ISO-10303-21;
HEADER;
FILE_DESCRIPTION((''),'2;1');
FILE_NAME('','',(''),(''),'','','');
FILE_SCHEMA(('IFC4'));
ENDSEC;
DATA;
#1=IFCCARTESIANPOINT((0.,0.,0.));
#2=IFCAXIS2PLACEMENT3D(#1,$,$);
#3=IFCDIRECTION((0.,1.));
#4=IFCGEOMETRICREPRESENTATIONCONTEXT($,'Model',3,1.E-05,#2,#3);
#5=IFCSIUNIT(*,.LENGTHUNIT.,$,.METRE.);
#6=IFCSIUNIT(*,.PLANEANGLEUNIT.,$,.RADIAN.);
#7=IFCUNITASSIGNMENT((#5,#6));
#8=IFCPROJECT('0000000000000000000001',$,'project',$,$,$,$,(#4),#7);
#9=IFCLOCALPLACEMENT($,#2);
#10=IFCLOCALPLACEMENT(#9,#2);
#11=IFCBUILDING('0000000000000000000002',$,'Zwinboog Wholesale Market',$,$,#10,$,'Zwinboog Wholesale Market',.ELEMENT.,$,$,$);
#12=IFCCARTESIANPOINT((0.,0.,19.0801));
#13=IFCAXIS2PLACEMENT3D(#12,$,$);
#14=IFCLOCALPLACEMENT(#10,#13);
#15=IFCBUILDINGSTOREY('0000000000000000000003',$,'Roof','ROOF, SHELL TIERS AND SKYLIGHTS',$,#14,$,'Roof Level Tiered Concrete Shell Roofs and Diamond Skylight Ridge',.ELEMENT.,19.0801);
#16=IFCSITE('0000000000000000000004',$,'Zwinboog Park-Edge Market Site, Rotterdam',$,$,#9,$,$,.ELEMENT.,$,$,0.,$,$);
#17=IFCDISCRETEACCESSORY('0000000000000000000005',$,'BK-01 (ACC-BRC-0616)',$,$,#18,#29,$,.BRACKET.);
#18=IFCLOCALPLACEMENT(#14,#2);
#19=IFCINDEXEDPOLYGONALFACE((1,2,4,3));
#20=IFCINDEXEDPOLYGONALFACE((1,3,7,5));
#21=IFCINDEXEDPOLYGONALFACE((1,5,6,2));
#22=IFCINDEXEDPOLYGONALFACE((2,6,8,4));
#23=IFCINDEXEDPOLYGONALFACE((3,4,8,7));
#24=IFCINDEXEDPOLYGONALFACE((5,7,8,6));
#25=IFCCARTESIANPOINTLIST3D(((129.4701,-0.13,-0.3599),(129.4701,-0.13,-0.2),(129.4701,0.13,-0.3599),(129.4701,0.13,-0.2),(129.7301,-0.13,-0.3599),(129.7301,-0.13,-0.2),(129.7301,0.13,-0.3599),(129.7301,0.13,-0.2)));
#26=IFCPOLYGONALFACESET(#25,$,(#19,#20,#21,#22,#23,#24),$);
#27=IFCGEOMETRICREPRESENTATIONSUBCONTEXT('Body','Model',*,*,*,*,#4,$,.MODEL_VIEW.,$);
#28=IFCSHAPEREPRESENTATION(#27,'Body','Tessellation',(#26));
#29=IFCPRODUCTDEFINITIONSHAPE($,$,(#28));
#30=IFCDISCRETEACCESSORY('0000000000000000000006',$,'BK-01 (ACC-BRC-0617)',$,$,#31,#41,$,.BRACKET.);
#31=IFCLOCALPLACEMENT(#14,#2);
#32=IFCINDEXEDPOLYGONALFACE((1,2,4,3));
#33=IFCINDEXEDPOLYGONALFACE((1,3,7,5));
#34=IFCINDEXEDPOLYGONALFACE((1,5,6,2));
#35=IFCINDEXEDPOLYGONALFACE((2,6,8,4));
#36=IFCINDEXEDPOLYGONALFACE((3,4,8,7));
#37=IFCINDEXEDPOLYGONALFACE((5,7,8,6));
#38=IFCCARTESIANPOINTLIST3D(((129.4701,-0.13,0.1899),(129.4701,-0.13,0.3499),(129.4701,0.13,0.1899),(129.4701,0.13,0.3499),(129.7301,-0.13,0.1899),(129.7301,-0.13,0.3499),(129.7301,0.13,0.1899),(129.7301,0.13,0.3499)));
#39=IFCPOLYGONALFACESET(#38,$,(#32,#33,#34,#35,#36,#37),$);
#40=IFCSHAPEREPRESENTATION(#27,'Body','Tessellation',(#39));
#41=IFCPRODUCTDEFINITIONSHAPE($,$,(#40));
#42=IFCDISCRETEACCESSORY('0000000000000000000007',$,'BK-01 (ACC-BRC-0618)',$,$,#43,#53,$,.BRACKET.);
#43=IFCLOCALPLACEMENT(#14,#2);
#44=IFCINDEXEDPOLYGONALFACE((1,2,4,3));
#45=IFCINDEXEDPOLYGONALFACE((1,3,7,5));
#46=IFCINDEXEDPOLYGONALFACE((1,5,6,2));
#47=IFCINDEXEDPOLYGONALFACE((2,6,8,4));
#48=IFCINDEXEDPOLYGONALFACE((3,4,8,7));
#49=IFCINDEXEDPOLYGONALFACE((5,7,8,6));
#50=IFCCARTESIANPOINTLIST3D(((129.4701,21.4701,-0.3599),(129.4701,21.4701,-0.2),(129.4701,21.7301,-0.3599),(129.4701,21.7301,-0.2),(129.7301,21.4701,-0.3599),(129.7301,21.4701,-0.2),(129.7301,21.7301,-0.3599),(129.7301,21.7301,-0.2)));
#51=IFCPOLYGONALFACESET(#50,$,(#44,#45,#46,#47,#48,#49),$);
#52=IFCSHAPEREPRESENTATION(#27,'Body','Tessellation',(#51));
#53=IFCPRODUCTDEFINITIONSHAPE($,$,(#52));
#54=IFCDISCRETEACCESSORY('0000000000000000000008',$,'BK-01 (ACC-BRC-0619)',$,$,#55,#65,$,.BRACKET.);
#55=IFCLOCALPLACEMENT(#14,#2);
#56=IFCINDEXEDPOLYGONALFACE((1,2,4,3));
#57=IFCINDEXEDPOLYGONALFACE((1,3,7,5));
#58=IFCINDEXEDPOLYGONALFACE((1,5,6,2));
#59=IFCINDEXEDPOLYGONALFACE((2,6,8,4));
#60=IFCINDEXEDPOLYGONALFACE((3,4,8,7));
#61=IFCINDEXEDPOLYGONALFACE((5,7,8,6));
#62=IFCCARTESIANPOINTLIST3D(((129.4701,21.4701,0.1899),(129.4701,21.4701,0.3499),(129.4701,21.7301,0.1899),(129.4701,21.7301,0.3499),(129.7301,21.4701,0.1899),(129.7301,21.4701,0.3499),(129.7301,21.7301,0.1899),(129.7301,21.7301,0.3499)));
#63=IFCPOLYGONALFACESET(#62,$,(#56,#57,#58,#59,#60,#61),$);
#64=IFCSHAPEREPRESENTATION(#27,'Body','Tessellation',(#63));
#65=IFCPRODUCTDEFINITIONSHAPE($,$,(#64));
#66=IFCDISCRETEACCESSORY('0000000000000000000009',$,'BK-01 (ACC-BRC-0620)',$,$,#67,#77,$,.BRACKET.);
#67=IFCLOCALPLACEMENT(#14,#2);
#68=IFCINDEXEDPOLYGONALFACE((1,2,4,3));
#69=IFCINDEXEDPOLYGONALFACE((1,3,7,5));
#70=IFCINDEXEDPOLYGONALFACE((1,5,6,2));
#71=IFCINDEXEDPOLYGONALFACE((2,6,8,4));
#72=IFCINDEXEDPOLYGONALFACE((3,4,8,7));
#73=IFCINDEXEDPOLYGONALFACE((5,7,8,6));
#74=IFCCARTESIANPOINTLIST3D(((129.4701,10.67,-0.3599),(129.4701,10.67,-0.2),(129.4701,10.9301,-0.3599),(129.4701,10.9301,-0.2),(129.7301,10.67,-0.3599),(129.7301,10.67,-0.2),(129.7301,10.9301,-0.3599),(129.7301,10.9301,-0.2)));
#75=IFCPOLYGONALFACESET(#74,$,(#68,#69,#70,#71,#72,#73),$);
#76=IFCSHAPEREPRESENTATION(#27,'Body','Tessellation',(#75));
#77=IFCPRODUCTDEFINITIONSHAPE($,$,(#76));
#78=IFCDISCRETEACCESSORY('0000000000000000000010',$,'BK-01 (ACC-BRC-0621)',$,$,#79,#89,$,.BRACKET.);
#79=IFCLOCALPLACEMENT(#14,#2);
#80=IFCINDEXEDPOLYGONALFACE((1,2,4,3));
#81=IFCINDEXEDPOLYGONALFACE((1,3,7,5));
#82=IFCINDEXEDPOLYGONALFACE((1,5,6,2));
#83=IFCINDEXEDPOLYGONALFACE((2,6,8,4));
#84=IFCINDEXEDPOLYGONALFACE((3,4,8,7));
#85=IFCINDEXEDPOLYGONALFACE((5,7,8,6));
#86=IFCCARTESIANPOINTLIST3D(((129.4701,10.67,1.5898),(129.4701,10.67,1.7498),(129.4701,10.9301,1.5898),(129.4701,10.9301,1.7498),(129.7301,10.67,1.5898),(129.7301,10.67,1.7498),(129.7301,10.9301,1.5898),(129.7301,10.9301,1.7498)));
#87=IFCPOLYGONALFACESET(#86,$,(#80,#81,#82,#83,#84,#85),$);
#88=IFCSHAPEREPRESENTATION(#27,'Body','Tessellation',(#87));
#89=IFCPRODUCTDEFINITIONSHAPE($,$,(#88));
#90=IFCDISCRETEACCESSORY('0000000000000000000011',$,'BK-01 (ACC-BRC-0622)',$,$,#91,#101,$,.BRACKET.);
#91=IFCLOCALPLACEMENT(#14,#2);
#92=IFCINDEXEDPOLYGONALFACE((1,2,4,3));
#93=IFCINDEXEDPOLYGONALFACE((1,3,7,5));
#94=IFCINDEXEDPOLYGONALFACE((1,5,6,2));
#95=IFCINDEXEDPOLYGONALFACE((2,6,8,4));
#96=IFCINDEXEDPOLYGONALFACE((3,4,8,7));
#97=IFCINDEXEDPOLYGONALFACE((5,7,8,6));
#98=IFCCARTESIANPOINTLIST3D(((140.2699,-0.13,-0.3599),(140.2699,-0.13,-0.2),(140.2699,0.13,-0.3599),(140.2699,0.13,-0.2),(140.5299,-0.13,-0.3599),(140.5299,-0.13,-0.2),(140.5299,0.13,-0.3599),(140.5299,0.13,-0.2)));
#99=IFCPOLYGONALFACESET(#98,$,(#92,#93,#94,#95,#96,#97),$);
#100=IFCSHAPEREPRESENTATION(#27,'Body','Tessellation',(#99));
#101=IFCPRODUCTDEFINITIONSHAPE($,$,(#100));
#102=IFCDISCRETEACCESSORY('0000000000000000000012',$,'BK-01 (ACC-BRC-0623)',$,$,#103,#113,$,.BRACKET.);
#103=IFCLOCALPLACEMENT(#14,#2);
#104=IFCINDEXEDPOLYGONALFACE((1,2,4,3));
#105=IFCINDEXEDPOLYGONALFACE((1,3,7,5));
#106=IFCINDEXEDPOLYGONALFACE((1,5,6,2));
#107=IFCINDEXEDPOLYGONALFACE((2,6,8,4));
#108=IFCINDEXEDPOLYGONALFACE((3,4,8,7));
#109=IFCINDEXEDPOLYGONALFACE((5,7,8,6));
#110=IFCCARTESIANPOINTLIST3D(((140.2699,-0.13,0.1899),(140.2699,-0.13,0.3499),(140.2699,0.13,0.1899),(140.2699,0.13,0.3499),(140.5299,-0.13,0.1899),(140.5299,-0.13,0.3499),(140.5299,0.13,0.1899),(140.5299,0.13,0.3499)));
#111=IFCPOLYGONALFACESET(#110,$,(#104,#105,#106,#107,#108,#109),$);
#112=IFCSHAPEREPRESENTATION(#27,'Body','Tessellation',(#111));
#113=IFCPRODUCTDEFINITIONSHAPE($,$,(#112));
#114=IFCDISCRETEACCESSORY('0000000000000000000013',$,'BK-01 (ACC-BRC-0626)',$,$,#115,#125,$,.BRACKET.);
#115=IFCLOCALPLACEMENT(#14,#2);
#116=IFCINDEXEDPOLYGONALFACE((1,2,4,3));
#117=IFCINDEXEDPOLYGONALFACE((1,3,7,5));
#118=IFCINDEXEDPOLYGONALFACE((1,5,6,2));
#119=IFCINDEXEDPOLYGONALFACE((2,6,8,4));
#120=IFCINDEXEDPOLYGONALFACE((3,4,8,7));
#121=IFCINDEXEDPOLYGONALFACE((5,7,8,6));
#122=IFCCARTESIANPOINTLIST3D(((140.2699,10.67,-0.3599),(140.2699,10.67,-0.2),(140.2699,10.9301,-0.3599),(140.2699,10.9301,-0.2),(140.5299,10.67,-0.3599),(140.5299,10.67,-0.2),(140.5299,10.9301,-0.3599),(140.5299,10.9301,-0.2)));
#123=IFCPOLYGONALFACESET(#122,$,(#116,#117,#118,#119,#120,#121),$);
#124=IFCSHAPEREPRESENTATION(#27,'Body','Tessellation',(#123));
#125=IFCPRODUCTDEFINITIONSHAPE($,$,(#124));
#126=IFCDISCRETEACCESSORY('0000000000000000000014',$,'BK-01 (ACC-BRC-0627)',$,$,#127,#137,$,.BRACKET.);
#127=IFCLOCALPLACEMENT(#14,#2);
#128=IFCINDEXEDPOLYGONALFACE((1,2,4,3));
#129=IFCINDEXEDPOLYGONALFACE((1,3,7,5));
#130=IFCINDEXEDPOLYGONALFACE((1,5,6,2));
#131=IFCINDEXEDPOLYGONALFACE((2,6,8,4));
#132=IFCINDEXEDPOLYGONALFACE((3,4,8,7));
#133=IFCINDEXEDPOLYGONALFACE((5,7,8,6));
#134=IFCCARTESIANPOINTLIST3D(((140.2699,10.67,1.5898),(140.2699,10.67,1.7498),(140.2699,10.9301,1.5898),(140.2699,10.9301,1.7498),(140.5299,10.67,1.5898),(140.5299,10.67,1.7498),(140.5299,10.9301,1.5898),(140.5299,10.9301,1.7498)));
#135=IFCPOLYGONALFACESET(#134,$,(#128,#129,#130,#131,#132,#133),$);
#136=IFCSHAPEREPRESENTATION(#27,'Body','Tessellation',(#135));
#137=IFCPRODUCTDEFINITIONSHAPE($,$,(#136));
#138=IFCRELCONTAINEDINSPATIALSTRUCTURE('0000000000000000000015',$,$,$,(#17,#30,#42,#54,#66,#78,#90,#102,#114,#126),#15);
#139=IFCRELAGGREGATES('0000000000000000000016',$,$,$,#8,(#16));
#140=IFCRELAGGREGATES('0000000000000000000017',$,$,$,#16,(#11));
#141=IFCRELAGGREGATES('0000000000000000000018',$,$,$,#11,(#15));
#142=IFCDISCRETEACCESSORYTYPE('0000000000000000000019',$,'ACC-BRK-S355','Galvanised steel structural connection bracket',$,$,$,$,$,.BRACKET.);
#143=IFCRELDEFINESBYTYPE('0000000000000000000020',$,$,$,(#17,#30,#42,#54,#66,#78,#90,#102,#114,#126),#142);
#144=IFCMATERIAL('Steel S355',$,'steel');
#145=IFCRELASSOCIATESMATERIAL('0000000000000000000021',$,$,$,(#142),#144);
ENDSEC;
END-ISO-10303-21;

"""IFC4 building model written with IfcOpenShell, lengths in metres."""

from ifc_helpers import new_model, si_unit, direction, frame, origin, origin_2d, place, context, subcontext, project, spatial, rectangle, extrude, material, type_object, element, save


model = new_model("IFC4")

# Units and contexts
model_context = context("Model", 3, precision=1e-05, world=origin(), true_north=direction((0.0, 1.0)))
body_context = subcontext(model_context, "Body", "Model", "MODEL_VIEW")
ifc_project = project(units=[si_unit("LENGTHUNIT", "METRE"), si_unit("PLANEANGLEUNIT", "RADIAN")], contexts=[model_context])

# Site, building, storey
site_placement = place(None, origin())
site = spatial("IfcSite", under=ifc_project, at=site_placement, Name="Zwinboog Park-Edge Market Site, Rotterdam", CompositionType="ELEMENT", RefElevation=0.0)
building_placement = place(site_placement, origin())
building = spatial("IfcBuilding", under=site, at=building_placement, Name="Zwinboog Wholesale Market", LongName="Zwinboog Wholesale Market", CompositionType="ELEMENT")
storey_placement = place(building_placement, frame((0.0, 0.0, 19.0801)))
storey = spatial("IfcBuildingStorey", under=building, at=storey_placement, Name="Roof", Description="ROOF, SHELL TIERS AND SKYLIGHTS", LongName="Roof Level Tiered Concrete Shell Roofs and Diamond Skylight Ridge", CompositionType="ELEMENT", Elevation=19.0801)

# Shared definitions
ifc_material_1 = material(Name="Steel S355", Category="steel")

# Discrete accessories
discrete_accessory_type = type_object("IfcDiscreteAccessoryType", Name="ACC-BRK-S355", Description="Galvanised steel structural connection bracket", PredefinedType="BRACKET", material=ifc_material_1)
for number, where, z_axis, x_axis, name in (
    (1, (129.6001, 0.0, -0.3599), (0.0, 0.0, 1.0), (1.0, 0.0, 0.0), "BK-01 (ACC-BRC-0616)"),
    (2, (129.6001, 0.0, 0.1899), (0.0, 0.0, 1.0), (1.0, 0.0, 0.0), "BK-01 (ACC-BRC-0617)"),
    (3, (129.6001, 21.6001, -0.3599), (0.0, 0.0, 1.0), (1.0, 0.0, 0.0), "BK-01 (ACC-BRC-0618)"),
    (4, (129.6001, 21.6001, 0.1899), (0.0, 0.0, 1.0), (1.0, 0.0, 0.0), "BK-01 (ACC-BRC-0619)"),
    (5, (129.6001, 10.8, -0.3599), (0.0, 0.0, 1.0), (1.0, 0.0, 0.0), "BK-01 (ACC-BRC-0620)"),
    (6, (129.6001, 10.8, 1.5898), (0.0, 0.0, 1.0), (1.0, 0.0, 0.0), "BK-01 (ACC-BRC-0621)"),
    (7, (140.3999, 0.0, -0.3599), (0.0, 0.0, 1.0), (1.0, 0.0, 0.0), "BK-01 (ACC-BRC-0622)"),
    (8, (140.3999, 0.0, 0.1899), (0.0, 0.0, 1.0), (1.0, 0.0, 0.0), "BK-01 (ACC-BRC-0623)"),
    (9, (140.3999, 10.8, -0.3599), (0.0, 0.0, 1.0), (1.0, 0.0, 0.0), "BK-01 (ACC-BRC-0626)"),
    (10, (140.3999, 10.8, 1.5898), (0.0, 0.0, 1.0), (1.0, 0.0, 0.0), "BK-01 (ACC-BRC-0627)"),
):
    element("IfcDiscreteAccessory", number, at=place(storey_placement, frame(where, z_axis=z_axis, x_axis=x_axis)), inside=storey, type_object=discrete_accessory_type, Name=name, PredefinedType="BRACKET", context=body_context, shape_type="SweptSolid", body=[
        extrude(rectangle(XDim=0.26, YDim=0.26, at=origin_2d()), origin(), (0.0, 0.0, 1.0), 0.1599),
    ])

save(model, "model.ifc")
